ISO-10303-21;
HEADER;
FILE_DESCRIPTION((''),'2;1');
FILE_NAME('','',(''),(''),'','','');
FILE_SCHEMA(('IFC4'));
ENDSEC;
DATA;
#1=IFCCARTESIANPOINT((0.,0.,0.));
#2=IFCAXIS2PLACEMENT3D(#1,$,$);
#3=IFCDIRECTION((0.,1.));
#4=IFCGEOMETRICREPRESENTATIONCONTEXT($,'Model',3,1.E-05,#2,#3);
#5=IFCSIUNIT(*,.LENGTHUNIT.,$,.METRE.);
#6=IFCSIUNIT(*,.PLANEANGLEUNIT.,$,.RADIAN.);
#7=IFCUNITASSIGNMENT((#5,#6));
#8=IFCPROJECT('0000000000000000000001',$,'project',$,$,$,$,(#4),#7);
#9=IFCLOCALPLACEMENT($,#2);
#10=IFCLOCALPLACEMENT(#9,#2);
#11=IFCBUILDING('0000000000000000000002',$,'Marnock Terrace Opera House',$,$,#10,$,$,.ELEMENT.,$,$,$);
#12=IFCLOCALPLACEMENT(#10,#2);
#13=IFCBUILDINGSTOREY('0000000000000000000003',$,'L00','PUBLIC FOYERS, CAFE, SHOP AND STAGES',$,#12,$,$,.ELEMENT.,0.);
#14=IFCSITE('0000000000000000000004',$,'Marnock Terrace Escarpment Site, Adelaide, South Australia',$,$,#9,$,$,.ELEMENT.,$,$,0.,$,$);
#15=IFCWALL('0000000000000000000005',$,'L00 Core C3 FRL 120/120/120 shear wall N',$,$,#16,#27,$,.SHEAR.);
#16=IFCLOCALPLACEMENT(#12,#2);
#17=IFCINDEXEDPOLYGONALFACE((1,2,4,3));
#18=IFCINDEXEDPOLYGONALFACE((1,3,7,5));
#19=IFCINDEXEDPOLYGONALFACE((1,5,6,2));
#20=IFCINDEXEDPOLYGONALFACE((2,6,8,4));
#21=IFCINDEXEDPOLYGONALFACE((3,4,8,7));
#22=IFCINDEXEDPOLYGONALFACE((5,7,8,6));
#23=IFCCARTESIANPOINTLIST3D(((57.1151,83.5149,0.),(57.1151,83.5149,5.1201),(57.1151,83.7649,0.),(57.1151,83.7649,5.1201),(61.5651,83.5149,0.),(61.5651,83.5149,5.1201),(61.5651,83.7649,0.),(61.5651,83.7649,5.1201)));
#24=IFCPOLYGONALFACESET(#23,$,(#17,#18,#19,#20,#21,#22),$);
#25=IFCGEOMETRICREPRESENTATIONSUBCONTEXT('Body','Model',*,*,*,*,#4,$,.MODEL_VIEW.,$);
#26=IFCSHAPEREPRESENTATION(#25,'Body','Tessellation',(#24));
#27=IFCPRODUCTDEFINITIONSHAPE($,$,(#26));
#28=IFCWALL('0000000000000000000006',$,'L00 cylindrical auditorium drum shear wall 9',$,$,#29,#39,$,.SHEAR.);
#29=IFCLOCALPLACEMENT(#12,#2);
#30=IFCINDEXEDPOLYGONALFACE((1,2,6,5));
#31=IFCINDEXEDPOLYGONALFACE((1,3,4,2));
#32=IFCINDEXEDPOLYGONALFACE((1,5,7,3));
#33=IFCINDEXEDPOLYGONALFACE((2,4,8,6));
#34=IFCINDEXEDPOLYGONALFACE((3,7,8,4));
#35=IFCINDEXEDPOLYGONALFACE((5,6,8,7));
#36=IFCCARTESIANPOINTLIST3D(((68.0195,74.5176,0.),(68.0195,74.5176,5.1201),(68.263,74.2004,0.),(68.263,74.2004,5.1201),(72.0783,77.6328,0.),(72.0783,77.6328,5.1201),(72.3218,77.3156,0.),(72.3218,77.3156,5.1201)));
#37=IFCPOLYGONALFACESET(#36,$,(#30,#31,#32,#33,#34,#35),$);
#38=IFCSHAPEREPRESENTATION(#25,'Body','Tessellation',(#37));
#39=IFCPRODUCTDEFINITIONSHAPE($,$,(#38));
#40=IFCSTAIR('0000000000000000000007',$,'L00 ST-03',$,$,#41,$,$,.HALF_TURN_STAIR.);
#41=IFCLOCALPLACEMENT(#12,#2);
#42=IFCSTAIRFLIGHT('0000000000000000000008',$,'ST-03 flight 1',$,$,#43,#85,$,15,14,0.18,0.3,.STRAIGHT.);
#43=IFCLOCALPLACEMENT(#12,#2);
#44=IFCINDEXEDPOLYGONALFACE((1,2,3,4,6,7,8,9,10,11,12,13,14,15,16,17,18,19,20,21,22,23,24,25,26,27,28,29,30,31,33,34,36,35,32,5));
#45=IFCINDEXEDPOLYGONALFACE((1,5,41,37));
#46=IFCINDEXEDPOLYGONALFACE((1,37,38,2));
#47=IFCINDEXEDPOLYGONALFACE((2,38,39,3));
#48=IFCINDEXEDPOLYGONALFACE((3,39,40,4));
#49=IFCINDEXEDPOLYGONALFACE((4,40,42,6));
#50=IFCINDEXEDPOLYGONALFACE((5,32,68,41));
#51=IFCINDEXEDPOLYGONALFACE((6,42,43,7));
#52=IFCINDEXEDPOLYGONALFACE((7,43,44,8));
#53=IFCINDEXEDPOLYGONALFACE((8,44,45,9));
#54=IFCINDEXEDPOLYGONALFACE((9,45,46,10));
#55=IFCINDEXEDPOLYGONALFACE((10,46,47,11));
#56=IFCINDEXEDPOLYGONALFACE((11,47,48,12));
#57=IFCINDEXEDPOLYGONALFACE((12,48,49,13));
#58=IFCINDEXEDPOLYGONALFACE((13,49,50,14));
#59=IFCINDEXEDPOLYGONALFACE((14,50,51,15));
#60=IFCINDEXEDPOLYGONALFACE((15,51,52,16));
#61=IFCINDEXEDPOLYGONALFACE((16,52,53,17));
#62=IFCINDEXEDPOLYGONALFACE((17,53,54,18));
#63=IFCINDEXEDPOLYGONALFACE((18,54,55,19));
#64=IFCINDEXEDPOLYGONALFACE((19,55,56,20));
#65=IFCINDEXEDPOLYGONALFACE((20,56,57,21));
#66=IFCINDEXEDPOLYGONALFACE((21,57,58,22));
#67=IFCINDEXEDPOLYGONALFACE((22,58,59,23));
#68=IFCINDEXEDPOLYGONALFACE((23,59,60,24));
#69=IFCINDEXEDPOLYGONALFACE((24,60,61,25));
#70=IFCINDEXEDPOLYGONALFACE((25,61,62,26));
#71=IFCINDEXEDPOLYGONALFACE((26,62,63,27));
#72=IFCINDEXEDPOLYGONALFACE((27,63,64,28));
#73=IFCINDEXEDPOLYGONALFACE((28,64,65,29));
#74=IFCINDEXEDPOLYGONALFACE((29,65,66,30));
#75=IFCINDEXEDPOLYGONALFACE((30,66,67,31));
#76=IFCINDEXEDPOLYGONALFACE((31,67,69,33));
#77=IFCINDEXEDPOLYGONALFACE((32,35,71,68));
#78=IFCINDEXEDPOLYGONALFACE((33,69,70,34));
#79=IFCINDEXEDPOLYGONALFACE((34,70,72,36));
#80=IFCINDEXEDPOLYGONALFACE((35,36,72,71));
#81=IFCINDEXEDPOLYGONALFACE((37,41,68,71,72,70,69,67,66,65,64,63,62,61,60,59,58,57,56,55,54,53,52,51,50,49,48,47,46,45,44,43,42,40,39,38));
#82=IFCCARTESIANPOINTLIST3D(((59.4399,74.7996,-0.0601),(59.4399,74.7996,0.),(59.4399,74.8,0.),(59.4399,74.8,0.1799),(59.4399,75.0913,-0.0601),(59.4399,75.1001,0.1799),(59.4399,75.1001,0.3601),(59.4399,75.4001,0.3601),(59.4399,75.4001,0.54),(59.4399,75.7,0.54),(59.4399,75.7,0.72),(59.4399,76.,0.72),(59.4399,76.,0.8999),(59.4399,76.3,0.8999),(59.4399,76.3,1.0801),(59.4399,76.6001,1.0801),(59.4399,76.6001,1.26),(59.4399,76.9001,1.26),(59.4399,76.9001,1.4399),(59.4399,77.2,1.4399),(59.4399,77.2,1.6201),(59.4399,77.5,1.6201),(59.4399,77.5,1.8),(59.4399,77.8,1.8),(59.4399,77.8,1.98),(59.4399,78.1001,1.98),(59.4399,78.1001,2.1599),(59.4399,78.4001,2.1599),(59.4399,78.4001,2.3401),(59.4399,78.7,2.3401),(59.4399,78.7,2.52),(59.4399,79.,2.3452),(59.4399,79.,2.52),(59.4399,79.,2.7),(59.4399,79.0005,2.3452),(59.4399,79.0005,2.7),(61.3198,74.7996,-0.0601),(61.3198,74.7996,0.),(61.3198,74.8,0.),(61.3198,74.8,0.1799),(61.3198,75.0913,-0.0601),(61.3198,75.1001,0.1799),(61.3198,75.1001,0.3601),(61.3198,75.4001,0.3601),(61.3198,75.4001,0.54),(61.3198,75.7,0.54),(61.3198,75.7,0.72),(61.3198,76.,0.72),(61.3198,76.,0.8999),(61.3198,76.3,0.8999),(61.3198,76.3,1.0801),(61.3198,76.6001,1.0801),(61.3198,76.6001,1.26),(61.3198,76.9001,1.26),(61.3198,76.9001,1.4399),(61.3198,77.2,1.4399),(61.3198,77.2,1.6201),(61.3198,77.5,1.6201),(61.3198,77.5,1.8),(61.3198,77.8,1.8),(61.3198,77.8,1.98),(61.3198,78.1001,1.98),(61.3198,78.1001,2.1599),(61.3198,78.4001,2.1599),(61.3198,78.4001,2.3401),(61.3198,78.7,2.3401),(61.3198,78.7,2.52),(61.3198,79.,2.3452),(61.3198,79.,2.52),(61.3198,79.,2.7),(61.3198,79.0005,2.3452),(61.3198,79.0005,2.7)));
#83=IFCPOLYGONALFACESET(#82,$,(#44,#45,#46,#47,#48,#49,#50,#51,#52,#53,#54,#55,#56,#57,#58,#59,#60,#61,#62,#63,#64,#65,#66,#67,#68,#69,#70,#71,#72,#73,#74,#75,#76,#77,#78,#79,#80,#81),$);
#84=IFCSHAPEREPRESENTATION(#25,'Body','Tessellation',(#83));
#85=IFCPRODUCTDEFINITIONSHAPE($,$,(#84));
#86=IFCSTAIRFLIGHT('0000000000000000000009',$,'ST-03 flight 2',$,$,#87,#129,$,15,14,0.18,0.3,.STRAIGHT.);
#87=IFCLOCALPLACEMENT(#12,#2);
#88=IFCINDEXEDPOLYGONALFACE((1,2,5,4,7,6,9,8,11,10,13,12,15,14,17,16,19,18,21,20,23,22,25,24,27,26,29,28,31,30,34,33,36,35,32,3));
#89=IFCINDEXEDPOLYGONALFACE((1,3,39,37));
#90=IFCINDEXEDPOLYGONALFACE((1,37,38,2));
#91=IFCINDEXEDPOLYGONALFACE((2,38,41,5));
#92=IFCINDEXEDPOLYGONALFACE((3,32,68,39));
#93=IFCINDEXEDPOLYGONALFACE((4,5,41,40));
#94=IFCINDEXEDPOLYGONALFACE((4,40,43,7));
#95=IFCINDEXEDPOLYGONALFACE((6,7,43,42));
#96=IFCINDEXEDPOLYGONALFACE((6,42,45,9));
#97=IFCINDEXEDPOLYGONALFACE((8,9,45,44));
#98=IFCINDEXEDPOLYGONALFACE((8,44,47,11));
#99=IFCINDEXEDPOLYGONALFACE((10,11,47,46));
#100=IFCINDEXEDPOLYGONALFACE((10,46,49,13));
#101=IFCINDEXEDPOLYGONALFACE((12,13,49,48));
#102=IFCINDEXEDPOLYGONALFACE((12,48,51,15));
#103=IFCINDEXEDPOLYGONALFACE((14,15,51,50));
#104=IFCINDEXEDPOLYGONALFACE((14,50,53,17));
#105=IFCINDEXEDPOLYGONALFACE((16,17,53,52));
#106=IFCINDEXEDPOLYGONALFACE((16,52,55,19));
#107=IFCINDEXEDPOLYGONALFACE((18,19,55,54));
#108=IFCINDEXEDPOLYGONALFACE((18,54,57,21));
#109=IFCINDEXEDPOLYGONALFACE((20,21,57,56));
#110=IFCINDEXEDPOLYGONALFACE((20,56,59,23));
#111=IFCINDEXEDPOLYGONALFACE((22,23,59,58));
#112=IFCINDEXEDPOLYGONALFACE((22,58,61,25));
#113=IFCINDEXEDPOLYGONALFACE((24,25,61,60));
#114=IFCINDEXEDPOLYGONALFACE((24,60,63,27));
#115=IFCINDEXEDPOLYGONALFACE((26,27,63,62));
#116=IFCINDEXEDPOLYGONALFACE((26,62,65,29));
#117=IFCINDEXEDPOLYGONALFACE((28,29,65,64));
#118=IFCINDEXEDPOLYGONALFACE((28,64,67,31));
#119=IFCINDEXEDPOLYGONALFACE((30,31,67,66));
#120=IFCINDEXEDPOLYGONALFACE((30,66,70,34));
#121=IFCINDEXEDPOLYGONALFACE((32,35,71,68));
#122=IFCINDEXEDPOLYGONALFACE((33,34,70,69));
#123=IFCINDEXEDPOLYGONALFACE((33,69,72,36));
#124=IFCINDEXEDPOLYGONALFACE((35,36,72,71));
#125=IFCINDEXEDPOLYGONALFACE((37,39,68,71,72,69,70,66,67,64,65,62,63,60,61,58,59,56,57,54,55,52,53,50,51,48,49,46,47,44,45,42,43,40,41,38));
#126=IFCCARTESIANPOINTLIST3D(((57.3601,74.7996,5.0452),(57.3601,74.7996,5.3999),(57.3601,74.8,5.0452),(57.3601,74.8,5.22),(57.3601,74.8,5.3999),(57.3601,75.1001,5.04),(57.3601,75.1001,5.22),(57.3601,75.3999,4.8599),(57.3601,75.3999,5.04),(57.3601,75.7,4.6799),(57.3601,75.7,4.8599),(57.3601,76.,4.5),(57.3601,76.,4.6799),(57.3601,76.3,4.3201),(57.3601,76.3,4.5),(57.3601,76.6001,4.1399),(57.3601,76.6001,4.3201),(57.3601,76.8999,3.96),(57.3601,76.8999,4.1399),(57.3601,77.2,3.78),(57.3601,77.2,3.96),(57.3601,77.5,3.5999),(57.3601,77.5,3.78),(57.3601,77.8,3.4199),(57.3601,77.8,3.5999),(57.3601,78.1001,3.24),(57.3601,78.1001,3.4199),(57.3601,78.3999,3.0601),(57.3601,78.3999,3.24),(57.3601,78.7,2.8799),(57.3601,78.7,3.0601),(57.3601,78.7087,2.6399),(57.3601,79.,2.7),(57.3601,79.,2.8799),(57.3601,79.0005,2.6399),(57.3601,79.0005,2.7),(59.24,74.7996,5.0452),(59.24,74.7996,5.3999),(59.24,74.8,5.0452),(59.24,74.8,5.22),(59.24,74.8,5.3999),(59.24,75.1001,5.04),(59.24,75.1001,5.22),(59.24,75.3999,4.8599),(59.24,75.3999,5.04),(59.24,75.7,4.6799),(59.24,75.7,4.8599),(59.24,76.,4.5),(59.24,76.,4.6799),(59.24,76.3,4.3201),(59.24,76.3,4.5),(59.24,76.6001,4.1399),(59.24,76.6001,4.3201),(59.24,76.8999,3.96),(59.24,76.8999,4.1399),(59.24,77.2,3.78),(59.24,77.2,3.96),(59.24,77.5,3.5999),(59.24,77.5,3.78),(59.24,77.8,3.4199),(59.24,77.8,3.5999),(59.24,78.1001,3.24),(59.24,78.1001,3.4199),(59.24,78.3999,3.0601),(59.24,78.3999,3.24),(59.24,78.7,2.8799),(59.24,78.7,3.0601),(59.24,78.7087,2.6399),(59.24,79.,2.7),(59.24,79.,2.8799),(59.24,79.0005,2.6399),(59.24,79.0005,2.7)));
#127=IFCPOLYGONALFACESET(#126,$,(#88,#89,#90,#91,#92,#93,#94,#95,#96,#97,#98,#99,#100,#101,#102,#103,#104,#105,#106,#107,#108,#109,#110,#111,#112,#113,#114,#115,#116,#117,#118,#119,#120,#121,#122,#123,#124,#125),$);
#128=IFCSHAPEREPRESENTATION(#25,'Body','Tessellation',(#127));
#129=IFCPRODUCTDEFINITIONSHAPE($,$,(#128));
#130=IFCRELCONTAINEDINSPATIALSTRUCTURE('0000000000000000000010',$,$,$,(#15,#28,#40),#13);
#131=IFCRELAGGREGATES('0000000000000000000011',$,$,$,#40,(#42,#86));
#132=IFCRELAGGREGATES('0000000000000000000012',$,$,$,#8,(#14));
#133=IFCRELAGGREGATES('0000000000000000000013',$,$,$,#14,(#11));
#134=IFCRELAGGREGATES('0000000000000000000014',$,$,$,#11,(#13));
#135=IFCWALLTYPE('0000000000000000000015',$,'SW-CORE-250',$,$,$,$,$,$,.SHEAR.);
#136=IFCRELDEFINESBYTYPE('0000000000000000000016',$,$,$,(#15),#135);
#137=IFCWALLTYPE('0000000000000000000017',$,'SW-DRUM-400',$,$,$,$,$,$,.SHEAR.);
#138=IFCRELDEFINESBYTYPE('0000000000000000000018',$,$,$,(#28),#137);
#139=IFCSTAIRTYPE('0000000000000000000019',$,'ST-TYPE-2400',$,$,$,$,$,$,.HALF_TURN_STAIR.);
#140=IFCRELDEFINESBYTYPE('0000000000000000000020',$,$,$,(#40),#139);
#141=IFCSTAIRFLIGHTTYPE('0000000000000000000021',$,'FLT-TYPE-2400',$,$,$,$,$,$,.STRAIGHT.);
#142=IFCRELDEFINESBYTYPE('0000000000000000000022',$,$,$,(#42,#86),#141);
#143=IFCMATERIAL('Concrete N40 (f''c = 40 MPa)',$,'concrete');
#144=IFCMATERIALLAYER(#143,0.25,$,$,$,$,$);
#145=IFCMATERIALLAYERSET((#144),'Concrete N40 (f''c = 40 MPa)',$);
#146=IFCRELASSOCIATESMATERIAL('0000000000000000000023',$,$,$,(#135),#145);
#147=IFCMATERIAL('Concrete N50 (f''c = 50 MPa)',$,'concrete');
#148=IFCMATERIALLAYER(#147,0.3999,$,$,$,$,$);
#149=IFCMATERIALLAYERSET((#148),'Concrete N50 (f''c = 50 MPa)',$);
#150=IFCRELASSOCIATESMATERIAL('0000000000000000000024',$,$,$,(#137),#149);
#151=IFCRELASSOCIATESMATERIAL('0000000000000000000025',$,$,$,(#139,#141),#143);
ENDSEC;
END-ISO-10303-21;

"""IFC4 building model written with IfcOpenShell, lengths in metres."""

from ifc_helpers import new_model, si_unit, direction, frame, frame_2d, origin, place, context, subcontext, project, spatial, polyline, rectangle, outline, extrude, material, layer, layer_set, type_object, element, aggregate, save


model = new_model("IFC4")

# Units and contexts
model_context = context("Model", 3, precision=1e-05, world=origin(), true_north=direction((0.0, 1.0)))
body_context = subcontext(model_context, "Body", "Model", "MODEL_VIEW")
ifc_project = project(units=[si_unit("LENGTHUNIT", "METRE"), si_unit("PLANEANGLEUNIT", "RADIAN")], contexts=[model_context])

# Site, building, storey
site_placement = place(None, origin())
site = spatial("IfcSite", under=ifc_project, at=site_placement, Name="Marnock Terrace Escarpment Site, Adelaide, South Australia", CompositionType="ELEMENT", RefElevation=0.0)
building_placement = place(site_placement, origin())
building = spatial("IfcBuilding", under=site, at=building_placement, Name="Marnock Terrace Opera House", CompositionType="ELEMENT")
storey_placement = place(building_placement, origin())
storey = spatial("IfcBuildingStorey", under=building, at=storey_placement, Name="L00", Description="PUBLIC FOYERS, CAFE, SHOP AND STAGES", CompositionType="ELEMENT", Elevation=0.0)

# Shared definitions
ifc_material_1 = material(Name="Concrete N50 (f'c = 50 MPa)", Category="concrete")

# Shared definitions
ifc_material_2 = material(Name="Concrete N40 (f'c = 40 MPa)", Category="concrete")

# Walls
ifc_layer_1 = layer(ifc_material_2, 0.25)
ifc_layer_set_1 = layer_set([ifc_layer_1], Name="Concrete N40 (f'c = 40 MPa)")
wall_type_1 = type_object("IfcWallType", Name="SW-CORE-250", PredefinedType="SHEAR", material=ifc_layer_set_1)
wall_1_placement = place(storey_placement, frame((57.115, 83.6399, 0.0), z_axis=(0.0, 0.0, 1.0), x_axis=(1.0, 0.0, 0.0)))
element("IfcWall", 1, at=wall_1_placement, inside=storey, type_object=wall_type_1, Name="L00 Core C3 FRL 120/120/120 shear wall N", PredefinedType="SHEAR", context=body_context, shape_type="SweptSolid", body=[
    extrude(rectangle(XDim=4.45, YDim=0.25, at=frame_2d((2.2251, 0.0))), origin(), (0.0, 0.0, 1.0), 5.1201),
])
ifc_layer_2 = layer(ifc_material_1, 0.3999)
ifc_layer_set_2 = layer_set([ifc_layer_2], Name="Concrete N50 (f'c = 50 MPa)")
wall_type_2 = type_object("IfcWallType", Name="SW-DRUM-400", PredefinedType="SHEAR", material=ifc_layer_set_2)
wall_2_placement = place(storey_placement, frame((72.2, 77.4741, 0.0), z_axis=(0.0, 0.0, 1.0), x_axis=(-0.79328, -0.608857, 0.0)))
element("IfcWall", 2, at=wall_2_placement, inside=storey, type_object=wall_type_2, Name="L00 cylindrical auditorium drum shear wall 9", PredefinedType="SHEAR", context=body_context, shape_type="SweptSolid", body=[
    extrude(rectangle(XDim=5.1165, YDim=0.3999, at=frame_2d((2.5581, 0.0))), origin(), (0.0, 0.0, 1.0), 5.1201),
])

# Stair, stair flights
stair_type = type_object("IfcStairType", Name="ST-TYPE-2400", PredefinedType="HALF_TURN_STAIR", material=ifc_material_2)
stair_placement = place(storey_placement, origin())
stair = element("IfcStair", 3, at=stair_placement, inside=storey, type_object=stair_type, Name="L00 ST-03", PredefinedType="HALF_TURN_STAIR")
stair_flight_type = type_object("IfcStairFlightType", Name="FLT-TYPE-2400", PredefinedType="STRAIGHT", material=ifc_material_2)
stair_flight_1_placement = place(storey_placement, frame((60.3799, 74.8, 0.0), z_axis=(0.0, 0.0, 1.0), x_axis=(0.0, 1.0, 0.0)))
stair_flight_1 = element("IfcStairFlight", 4, at=stair_flight_1_placement, type_object=stair_flight_type, Name="ST-03 flight 1", NumberOfRisers=15, NumberOfTreads=14, PredefinedType="STRAIGHT", RiserHeight=0.18, TreadLength=0.3, context=body_context, shape_type="SweptSolid", body=[
    extrude(outline(polyline([(-0.0005, -0.0601), (-0.0005, 0.0), (0.0, 0.0), (0.0, 0.1799), (0.3, 0.1799), (0.3, 0.3601), (0.6001, 0.3601), (0.6001, 0.54), (0.8999, 0.54), (0.8999, 0.72), (1.2, 0.72), (1.2, 0.8999), (1.5, 0.8999), (1.5, 1.0801), (1.8, 1.0801), (1.8, 1.26), (2.1001, 1.26), (2.1001, 1.4399), (2.3999, 1.4399), (2.3999, 1.6201), (2.7, 1.6201), (2.7, 1.8), (3.0, 1.8), (3.0, 1.98), (3.3, 1.98), (3.3, 2.1599), (3.6001, 2.1599), (3.6001, 2.3401), (3.8999, 2.3401), (3.8999, 2.52), (4.2, 2.52), (4.2, 2.7), (4.2004, 2.7), (4.2004, 2.3452), (4.2, 2.3452), (0.2913, -0.0601), (-0.0005, -0.0601)])), frame((0.0, 0.9399, 0.0), z_axis=(0.0, -1.0, 0.0), x_axis=(1.0, 0.0, 0.0)), (0.0, 0.0, 1.0), 1.8799),
])
stair_flight_2_placement = place(storey_placement, frame((58.3, 79.0, 2.7), z_axis=(0.0, 0.0, 1.0), x_axis=(0.0, -1.0, 0.0)))
stair_flight_2 = element("IfcStairFlight", 5, at=stair_flight_2_placement, type_object=stair_flight_type, Name="ST-03 flight 2", NumberOfRisers=15, NumberOfTreads=14, PredefinedType="STRAIGHT", RiserHeight=0.18, TreadLength=0.3, context=body_context, shape_type="SweptSolid", body=[
    extrude(outline(polyline([(-0.0005, -0.0601), (-0.0005, 0.0), (0.0, 0.0), (0.0, 0.1799), (0.3, 0.1799), (0.3, 0.3601), (0.6001, 0.3601), (0.6001, 0.54), (0.8999, 0.54), (0.8999, 0.72), (1.2, 0.72), (1.2, 0.8999), (1.5, 0.8999), (1.5, 1.0801), (1.8, 1.0801), (1.8, 1.26), (2.1001, 1.26), (2.1001, 1.4399), (2.3999, 1.4399), (2.3999, 1.6201), (2.7, 1.6201), (2.7, 1.8), (3.0, 1.8), (3.0, 1.98), (3.3, 1.98), (3.3, 2.1599), (3.6001, 2.1599), (3.6001, 2.3401), (3.8999, 2.3401), (3.8999, 2.52), (4.2, 2.52), (4.2, 2.7), (4.2004, 2.7), (4.2004, 2.3452), (4.2, 2.3452), (0.2913, -0.0601), (-0.0005, -0.0601)])), frame((0.0, 0.9399, 0.0), z_axis=(0.0, -1.0, 0.0), x_axis=(1.0, 0.0, 0.0)), (0.0, 0.0, 1.0), 1.8799),
])
aggregate(stair, [stair_flight_1, stair_flight_2])

save(model, "model.ifc")
